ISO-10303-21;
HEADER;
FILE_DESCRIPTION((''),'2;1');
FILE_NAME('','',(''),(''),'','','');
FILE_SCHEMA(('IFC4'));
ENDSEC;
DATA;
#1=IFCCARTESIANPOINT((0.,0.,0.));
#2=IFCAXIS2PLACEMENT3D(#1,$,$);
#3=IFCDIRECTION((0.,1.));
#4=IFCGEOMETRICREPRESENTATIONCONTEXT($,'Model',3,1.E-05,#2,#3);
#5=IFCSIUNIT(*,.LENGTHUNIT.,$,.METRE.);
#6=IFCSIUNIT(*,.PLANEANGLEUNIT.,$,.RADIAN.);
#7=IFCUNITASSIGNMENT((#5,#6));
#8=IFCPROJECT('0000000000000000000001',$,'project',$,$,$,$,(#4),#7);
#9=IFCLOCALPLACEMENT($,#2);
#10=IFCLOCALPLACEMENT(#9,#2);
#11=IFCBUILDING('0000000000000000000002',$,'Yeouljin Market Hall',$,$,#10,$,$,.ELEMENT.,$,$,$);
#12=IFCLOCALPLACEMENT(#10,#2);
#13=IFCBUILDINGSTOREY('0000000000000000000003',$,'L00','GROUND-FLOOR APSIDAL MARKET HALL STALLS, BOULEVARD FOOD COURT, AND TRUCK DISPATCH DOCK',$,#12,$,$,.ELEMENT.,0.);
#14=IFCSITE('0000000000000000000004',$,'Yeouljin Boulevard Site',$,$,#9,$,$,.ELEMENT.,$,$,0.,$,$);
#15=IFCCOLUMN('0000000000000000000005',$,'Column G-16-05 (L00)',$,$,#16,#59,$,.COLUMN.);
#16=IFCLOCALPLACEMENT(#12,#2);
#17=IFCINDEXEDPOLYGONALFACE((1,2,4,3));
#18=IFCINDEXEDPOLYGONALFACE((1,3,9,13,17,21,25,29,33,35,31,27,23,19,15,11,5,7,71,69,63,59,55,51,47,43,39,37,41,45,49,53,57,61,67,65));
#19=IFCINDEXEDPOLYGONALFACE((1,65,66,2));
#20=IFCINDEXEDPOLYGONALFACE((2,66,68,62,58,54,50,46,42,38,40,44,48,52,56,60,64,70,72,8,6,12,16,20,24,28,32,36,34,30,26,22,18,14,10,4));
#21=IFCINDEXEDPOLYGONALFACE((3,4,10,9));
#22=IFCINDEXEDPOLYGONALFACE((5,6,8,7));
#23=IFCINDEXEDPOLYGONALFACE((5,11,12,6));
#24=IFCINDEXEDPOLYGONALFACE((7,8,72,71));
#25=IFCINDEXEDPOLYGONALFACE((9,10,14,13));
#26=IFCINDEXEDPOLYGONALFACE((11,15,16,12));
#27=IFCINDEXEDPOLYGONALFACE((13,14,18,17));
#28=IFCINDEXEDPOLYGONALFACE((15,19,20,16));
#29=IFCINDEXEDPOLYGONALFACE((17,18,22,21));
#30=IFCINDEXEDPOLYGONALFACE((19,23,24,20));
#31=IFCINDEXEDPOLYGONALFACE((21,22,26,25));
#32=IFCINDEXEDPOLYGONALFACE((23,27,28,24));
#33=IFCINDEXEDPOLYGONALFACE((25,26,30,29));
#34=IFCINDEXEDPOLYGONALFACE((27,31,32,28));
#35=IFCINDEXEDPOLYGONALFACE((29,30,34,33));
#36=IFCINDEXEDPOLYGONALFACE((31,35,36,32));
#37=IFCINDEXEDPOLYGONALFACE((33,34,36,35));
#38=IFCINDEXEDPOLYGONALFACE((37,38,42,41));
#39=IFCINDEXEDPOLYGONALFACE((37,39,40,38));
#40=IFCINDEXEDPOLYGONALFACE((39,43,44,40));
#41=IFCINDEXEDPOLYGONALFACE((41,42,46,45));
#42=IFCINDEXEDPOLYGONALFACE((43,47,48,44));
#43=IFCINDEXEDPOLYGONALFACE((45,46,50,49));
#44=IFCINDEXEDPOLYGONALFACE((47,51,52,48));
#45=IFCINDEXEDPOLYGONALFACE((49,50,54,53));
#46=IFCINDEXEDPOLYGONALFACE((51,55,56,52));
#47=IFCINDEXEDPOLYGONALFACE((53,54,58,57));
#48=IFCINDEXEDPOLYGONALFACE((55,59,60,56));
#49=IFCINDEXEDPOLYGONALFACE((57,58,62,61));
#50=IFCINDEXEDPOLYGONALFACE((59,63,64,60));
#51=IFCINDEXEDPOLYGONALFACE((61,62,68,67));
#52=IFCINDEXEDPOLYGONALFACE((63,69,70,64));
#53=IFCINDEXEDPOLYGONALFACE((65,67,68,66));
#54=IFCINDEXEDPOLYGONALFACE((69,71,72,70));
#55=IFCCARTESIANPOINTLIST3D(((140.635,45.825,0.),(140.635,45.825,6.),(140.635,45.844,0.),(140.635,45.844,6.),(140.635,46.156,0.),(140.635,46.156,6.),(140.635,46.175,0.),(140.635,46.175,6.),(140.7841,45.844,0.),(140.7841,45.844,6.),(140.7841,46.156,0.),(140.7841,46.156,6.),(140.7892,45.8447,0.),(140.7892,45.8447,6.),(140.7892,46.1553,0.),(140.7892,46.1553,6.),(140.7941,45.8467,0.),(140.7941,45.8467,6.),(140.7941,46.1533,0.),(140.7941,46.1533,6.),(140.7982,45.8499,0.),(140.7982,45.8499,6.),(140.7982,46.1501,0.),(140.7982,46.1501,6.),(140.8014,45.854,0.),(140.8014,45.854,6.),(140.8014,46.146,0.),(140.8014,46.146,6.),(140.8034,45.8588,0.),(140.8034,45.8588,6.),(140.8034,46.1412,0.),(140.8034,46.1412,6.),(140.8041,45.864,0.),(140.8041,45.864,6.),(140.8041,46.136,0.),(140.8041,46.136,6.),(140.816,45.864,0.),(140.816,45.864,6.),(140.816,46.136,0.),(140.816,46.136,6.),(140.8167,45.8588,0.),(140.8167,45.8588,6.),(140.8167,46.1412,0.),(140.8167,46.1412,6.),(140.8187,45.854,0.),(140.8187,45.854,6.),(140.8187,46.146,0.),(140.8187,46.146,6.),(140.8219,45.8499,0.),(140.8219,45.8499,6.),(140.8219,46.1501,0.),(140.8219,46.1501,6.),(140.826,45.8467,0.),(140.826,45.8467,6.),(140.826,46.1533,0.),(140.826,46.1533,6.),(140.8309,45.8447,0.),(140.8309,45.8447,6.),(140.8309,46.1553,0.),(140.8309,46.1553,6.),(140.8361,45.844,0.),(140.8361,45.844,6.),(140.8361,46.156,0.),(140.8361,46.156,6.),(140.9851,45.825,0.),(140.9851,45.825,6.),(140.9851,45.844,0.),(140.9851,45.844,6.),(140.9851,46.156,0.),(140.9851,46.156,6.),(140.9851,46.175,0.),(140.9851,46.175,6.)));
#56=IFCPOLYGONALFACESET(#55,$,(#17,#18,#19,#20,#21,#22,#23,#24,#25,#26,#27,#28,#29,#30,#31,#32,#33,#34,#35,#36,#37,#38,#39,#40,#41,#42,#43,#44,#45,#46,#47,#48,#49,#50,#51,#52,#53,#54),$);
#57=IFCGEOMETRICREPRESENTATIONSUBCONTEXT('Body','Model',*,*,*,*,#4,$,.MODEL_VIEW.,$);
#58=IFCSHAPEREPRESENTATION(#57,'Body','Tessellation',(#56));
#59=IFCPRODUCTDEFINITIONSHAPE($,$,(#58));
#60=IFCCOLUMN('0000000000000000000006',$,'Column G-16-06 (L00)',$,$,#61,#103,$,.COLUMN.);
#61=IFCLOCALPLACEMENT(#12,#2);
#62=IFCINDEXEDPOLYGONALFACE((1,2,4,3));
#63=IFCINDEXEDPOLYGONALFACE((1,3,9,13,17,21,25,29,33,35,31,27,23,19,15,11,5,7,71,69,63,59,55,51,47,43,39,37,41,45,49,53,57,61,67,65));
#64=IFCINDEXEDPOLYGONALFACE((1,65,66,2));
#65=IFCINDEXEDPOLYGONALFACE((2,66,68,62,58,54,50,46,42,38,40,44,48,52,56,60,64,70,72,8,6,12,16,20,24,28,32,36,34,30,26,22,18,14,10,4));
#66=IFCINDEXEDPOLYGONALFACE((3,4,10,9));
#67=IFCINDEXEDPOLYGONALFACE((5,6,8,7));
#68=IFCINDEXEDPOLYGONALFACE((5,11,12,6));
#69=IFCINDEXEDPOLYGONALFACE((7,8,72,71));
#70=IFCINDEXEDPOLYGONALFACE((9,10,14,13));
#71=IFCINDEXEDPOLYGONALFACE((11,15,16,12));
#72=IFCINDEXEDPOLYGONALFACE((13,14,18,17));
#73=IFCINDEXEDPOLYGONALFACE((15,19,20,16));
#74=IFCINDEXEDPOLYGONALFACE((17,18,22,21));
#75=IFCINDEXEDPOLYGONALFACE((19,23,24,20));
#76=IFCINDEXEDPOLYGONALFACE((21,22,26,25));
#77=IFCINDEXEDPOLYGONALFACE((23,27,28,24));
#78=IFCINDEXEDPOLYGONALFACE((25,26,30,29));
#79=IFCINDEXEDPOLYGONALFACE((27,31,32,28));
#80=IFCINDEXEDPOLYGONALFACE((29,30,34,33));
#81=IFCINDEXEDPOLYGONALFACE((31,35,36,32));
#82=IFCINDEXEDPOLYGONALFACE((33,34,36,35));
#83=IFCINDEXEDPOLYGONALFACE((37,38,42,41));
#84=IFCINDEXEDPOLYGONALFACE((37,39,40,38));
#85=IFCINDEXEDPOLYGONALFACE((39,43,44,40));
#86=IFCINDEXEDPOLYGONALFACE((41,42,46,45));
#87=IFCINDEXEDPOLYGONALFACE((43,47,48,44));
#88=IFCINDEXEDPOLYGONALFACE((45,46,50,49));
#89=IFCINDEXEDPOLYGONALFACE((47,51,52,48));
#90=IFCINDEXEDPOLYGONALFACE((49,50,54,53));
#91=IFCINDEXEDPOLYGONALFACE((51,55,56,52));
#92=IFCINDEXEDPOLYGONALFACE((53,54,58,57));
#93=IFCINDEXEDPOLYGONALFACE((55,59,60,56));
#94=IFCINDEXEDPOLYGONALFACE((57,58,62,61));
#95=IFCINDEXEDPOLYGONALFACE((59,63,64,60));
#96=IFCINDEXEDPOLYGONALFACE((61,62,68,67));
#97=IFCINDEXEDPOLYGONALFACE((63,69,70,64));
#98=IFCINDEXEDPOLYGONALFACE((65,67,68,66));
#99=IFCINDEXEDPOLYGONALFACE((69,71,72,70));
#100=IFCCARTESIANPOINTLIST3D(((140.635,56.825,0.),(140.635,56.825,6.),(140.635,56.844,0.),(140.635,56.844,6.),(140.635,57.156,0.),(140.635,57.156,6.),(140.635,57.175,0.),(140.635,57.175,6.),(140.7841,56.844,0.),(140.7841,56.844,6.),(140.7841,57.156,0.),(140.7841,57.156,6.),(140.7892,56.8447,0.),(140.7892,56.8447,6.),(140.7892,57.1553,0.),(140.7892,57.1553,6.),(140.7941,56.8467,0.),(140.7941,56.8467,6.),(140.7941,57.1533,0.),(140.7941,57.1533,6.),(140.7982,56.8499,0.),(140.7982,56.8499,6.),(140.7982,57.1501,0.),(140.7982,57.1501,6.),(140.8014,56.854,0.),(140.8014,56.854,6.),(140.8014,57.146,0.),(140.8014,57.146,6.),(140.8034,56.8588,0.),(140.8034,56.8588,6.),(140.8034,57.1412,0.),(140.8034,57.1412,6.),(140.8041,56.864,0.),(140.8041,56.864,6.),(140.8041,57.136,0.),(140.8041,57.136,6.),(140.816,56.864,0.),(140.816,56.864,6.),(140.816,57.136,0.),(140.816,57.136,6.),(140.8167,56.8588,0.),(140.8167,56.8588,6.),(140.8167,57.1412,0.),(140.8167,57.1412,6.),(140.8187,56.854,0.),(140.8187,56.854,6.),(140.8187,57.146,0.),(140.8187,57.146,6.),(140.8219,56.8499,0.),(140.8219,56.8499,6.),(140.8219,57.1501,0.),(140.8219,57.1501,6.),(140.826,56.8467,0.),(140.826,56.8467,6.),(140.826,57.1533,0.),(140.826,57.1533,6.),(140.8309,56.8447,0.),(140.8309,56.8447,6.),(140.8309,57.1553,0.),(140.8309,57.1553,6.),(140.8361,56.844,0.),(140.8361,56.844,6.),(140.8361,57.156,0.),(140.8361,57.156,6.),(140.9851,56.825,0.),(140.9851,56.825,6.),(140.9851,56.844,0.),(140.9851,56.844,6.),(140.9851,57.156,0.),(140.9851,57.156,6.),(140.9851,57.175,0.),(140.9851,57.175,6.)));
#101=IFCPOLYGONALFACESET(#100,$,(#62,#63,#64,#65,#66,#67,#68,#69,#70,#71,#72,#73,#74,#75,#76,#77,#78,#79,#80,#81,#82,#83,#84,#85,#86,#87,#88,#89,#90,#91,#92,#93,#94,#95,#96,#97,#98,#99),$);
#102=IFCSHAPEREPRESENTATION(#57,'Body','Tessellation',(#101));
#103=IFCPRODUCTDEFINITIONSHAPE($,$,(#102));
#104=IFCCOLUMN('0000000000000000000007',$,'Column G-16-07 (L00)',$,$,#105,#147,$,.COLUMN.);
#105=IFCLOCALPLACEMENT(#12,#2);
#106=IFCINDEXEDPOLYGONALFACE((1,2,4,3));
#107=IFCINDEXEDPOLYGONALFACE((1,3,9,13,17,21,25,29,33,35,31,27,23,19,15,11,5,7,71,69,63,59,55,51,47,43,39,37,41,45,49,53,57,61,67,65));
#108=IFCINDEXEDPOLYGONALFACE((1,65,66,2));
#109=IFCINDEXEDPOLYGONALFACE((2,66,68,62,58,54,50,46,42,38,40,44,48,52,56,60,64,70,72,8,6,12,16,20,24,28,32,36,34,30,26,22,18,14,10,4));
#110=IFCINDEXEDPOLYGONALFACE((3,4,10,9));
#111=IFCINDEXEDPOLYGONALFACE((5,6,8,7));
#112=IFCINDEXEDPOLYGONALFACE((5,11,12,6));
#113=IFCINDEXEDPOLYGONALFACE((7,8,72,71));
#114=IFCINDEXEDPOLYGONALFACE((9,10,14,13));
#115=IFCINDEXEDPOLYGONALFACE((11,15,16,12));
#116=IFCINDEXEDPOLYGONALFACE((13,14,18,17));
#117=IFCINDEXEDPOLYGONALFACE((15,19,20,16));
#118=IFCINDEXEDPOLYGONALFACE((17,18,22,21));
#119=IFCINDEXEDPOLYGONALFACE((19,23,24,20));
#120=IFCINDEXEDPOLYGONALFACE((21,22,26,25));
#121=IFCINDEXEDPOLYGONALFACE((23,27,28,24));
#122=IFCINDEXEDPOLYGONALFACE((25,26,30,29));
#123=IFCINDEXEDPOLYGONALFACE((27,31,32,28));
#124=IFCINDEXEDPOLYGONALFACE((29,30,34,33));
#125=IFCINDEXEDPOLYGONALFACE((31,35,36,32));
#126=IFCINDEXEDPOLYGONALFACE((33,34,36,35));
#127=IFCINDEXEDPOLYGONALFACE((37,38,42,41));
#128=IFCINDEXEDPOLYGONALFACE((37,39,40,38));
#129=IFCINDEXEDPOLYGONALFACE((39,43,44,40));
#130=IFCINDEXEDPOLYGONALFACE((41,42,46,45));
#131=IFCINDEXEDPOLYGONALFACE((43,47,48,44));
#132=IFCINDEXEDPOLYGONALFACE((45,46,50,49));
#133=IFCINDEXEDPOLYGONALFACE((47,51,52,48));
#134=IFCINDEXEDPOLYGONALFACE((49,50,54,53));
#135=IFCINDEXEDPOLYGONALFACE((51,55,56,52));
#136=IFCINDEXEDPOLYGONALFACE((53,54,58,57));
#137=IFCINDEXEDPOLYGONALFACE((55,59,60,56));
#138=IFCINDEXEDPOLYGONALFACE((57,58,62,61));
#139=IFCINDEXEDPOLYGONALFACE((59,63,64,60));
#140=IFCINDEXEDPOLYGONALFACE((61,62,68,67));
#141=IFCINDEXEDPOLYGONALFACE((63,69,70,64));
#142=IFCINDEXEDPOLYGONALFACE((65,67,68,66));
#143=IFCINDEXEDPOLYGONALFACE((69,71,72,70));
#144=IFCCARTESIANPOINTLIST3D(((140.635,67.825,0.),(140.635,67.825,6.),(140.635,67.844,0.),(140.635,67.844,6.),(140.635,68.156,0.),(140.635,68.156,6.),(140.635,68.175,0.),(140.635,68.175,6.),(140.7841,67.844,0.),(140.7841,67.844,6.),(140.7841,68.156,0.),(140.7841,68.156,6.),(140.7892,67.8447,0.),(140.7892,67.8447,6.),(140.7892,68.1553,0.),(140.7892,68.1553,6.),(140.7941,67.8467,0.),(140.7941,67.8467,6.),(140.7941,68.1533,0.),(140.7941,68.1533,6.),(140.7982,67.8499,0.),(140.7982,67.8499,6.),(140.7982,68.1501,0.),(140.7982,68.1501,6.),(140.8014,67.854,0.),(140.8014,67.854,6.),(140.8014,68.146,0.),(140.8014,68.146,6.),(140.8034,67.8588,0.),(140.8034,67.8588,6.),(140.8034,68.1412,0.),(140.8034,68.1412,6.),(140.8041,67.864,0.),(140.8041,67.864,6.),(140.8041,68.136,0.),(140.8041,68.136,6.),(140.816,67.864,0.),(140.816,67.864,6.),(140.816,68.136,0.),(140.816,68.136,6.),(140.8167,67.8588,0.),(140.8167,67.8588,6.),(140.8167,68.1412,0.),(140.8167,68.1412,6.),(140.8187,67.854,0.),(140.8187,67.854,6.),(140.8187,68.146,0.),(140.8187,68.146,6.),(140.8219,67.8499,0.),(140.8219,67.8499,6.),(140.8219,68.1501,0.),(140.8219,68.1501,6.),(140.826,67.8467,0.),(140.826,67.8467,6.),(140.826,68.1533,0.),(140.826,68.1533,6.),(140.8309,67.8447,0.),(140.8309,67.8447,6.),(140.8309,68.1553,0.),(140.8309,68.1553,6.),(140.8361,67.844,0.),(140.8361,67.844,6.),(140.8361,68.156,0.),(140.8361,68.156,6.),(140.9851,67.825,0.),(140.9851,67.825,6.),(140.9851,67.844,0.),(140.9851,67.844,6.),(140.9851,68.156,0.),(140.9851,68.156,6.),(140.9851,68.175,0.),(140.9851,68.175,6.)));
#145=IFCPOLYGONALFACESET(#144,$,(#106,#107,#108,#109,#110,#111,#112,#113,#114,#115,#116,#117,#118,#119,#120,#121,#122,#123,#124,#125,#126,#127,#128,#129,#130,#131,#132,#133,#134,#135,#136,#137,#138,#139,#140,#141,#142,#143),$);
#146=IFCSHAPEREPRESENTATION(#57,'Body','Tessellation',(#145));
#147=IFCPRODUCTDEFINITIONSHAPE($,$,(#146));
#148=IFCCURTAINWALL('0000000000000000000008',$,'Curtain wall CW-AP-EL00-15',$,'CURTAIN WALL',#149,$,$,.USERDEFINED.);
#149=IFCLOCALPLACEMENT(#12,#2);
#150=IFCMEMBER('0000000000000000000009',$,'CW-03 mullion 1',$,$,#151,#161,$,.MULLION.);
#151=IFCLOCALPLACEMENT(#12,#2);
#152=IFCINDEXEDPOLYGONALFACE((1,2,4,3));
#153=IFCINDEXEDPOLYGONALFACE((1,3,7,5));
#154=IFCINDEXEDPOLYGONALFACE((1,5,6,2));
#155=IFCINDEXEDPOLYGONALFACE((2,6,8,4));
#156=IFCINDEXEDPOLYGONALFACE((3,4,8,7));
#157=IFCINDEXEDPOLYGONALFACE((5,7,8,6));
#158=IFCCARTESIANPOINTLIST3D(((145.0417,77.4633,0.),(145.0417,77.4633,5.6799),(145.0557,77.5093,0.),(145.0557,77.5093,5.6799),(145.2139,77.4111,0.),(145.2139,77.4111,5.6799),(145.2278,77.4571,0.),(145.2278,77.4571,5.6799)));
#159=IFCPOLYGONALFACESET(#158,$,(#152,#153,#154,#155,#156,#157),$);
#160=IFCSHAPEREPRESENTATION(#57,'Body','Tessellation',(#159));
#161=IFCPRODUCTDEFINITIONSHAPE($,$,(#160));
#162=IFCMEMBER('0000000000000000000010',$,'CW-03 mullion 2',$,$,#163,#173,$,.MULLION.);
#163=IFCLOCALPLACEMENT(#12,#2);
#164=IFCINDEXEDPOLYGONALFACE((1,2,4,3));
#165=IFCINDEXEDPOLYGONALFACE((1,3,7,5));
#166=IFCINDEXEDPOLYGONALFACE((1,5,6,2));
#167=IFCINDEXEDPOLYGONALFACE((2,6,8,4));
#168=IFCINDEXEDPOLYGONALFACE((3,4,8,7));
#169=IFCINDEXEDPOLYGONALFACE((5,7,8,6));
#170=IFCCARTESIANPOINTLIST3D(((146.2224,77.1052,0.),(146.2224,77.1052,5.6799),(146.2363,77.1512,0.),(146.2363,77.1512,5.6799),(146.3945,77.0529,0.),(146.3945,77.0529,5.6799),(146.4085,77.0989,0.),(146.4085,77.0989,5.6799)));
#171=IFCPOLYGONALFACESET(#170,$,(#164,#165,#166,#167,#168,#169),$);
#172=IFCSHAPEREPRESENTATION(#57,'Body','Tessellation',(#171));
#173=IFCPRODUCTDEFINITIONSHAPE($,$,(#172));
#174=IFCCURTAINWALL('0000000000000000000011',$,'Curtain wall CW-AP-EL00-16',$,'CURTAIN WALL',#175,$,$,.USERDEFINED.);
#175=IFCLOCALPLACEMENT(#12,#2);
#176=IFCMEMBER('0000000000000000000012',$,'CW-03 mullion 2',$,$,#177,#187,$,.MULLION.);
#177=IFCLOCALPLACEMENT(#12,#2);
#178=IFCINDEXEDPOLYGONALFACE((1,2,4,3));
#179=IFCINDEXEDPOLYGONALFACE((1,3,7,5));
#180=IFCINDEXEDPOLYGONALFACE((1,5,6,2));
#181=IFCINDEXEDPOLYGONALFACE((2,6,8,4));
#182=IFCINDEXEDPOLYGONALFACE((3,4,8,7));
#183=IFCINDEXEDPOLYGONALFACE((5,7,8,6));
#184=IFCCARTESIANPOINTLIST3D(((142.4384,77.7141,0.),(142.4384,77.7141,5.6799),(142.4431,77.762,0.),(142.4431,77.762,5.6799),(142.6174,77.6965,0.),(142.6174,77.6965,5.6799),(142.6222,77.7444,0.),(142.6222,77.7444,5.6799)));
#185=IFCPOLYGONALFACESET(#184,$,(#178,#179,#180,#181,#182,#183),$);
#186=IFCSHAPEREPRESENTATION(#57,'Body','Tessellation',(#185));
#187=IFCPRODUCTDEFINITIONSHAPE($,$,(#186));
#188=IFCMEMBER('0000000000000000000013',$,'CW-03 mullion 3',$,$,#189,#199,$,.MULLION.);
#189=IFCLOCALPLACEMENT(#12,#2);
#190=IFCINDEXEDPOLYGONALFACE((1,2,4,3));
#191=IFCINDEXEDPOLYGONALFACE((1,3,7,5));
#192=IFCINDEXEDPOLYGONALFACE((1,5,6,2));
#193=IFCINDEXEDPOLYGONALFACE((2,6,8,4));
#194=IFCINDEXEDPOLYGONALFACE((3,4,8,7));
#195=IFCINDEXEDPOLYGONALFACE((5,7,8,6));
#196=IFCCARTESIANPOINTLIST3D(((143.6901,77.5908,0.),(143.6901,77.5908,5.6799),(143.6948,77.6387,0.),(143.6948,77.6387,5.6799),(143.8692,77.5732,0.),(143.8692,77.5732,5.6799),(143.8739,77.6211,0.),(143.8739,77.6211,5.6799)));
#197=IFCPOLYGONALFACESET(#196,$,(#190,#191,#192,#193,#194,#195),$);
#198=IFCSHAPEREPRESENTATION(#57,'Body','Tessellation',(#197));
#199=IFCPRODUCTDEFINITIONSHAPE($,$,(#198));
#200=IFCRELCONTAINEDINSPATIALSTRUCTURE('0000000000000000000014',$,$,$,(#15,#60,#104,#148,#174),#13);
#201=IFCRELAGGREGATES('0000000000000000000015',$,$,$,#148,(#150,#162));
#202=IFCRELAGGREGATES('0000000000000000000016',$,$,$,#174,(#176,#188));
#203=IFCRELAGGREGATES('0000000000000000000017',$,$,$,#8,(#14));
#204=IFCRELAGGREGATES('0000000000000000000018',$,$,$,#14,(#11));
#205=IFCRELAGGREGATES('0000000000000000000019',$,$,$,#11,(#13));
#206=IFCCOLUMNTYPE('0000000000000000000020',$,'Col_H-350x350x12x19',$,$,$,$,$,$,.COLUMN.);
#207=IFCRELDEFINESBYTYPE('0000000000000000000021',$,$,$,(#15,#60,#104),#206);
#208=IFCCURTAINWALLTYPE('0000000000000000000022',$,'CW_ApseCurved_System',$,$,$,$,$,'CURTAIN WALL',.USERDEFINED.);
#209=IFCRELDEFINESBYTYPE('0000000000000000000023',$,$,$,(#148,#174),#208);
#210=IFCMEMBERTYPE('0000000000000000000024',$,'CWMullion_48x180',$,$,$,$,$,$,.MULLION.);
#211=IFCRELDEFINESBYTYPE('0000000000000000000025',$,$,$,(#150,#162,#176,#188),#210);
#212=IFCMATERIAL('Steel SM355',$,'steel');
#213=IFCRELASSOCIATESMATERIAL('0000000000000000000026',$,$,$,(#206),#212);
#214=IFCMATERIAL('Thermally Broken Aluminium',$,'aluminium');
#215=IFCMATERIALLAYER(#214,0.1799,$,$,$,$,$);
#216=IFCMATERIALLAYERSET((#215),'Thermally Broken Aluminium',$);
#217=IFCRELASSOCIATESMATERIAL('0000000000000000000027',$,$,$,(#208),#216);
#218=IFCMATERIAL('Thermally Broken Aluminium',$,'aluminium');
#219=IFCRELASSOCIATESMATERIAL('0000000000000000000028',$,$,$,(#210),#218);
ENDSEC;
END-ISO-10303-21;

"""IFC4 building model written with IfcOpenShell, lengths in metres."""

from ifc_helpers import new_model, si_unit, direction, frame, origin, origin_2d, place, context, subcontext, project, spatial, rectangle, i_section, extrude, material, layer, layer_set, material_profile, profile_set, type_object, element, aggregate, save


model = new_model("IFC4")

# Units and contexts
model_context = context("Model", 3, precision=1e-05, world=origin(), true_north=direction((0.0, 1.0)))
body_context = subcontext(model_context, "Body", "Model", "MODEL_VIEW")
ifc_project = project(units=[si_unit("LENGTHUNIT", "METRE"), si_unit("PLANEANGLEUNIT", "RADIAN")], contexts=[model_context])

# Site, building, storey
site_placement = place(None, origin())
site = spatial("IfcSite", under=ifc_project, at=site_placement, Name="Yeouljin Boulevard Site", CompositionType="ELEMENT", RefElevation=0.0)
building_placement = place(site_placement, origin())
building = spatial("IfcBuilding", under=site, at=building_placement, Name="Yeouljin Market Hall", CompositionType="ELEMENT")
storey_placement = place(building_placement, origin())
storey = spatial("IfcBuildingStorey", under=building, at=storey_placement, Name="L00", Description="GROUND-FLOOR APSIDAL MARKET HALL STALLS, BOULEVARD FOOD COURT, AND TRUCK DISPATCH DOCK", CompositionType="ELEMENT", Elevation=0.0)

# Columns
ifc_material_1 = material(Name="Steel SM355", Category="steel")
ifc_material_profile_1 = material_profile(ifc_material_1, i_section(OverallWidth=0.3501, OverallDepth=0.3501, WebThickness=0.012, FlangeThickness=0.019, FilletRadius=0.02, at=origin_2d()), Name="H-350x350x12x19")
ifc_profile_set_1 = profile_set([ifc_material_profile_1], Name="Steel SM355")
column_type = type_object("IfcColumnType", Name="Col_H-350x350x12x19", PredefinedType="COLUMN", material=ifc_profile_set_1)
for number, where, z_axis, x_axis, name in (
    (1, (140.8101, 46.0, 0.0), (0.0, 0.0, 1.0), (1.0, 0.0, 0.0), "Column G-16-05 (L00)"),
    (2, (140.8101, 57.0, 0.0), (0.0, 0.0, 1.0), (1.0, 0.0, 0.0), "Column G-16-06 (L00)"),
    (3, (140.8101, 68.0, 0.0), (0.0, 0.0, 1.0), (1.0, 0.0, 0.0), "Column G-16-07 (L00)"),
):
    element("IfcColumn", number, at=place(storey_placement, frame(where, z_axis=z_axis, x_axis=x_axis)), inside=storey, type_object=column_type, Name=name, PredefinedType="COLUMN", context=body_context, shape_type="SweptSolid", body=[
        extrude(i_section(OverallWidth=0.3501, OverallDepth=0.3501, WebThickness=0.012, FlangeThickness=0.019, FilletRadius=0.02, at=origin_2d()), origin(), (0.0, 0.0, 1.0), 6.0),
    ])

# Curtain walls, members
ifc_material_2 = material(Name="Thermally Broken Aluminium", Category="aluminium")
ifc_layer_1 = layer(ifc_material_2, 0.1799)
ifc_layer_set_1 = layer_set([ifc_layer_1], Name="Thermally Broken Aluminium")
curtain_wall_type = type_object("IfcCurtainWallType", Name="CW_ApseCurved_System", ElementType="CURTAIN WALL", PredefinedType="USERDEFINED", material=ifc_layer_set_1)
curtain_wall_1_placement = place(storey_placement, origin())
curtain_wall_1 = element("IfcCurtainWall", 4, at=curtain_wall_1_placement, inside=storey, type_object=curtain_wall_type, Name="Curtain wall CW-AP-EL00-15", ObjectType="CURTAIN WALL", PredefinedType="USERDEFINED")
ifc_material_3 = material(Name="Thermally Broken Aluminium", Category="aluminium")
ifc_material_profile_2 = material_profile(ifc_material_3, rectangle(XDim=0.0481, YDim=0.1799, at=origin_2d()), Name="CW-MULL-48x180")
ifc_profile_set_2 = profile_set([ifc_material_profile_2], Name="Thermally Broken Aluminium")
member_type_1 = type_object("IfcMemberType", Name="CWMullion_48x180", PredefinedType="MULLION", material=ifc_profile_set_2)
member_1_placement = place(storey_placement, frame((145.1348, 77.4602, 0.0), z_axis=(0.0, 0.0, 1.0), x_axis=(0.290286, 0.95694, 0.0)))
member_1 = element("IfcMember", 5, at=member_1_placement, type_object=member_type_1, Name="CW-03 mullion 1", PredefinedType="MULLION", context=body_context, shape_type="SweptSolid", body=[
    extrude(rectangle(XDim=0.0481, YDim=0.1799, at=origin_2d()), origin(), (0.0, 0.0, 1.0), 5.6799),
])
member_2_placement = place(storey_placement, frame((146.3154, 77.1021, 0.0), z_axis=(0.0, 0.0, 1.0), x_axis=(0.290286, 0.95694, 0.0)))
member_2 = element("IfcMember", 6, at=member_2_placement, type_object=member_type_1, Name="CW-03 mullion 2", PredefinedType="MULLION", context=body_context, shape_type="SweptSolid", body=[
    extrude(rectangle(XDim=0.0481, YDim=0.1799, at=origin_2d()), origin(), (0.0, 0.0, 1.0), 5.6799),
])
curtain_wall_2_placement = place(storey_placement, origin())
curtain_wall_2 = element("IfcCurtainWall", 7, at=curtain_wall_2_placement, inside=storey, type_object=curtain_wall_type, Name="Curtain wall CW-AP-EL00-16", ObjectType="CURTAIN WALL", PredefinedType="USERDEFINED")
member_3_placement = place(storey_placement, frame((142.5303, 77.7292, 0.0), z_axis=(0.0, 0.0, 1.0), x_axis=(0.098034, 0.995183, 0.0)))
member_3 = element("IfcMember", 8, at=member_3_placement, type_object=member_type_1, Name="CW-03 mullion 2", PredefinedType="MULLION", context=body_context, shape_type="SweptSolid", body=[
    extrude(rectangle(XDim=0.0481, YDim=0.1799, at=origin_2d()), origin(), (0.0, 0.0, 1.0), 5.6799),
])
member_4_placement = place(storey_placement, frame((143.782, 77.606, 0.0), z_axis=(0.0, 0.0, 1.0), x_axis=(0.098034, 0.995183, 0.0)))
member_4 = element("IfcMember", 9, at=member_4_placement, type_object=member_type_1, Name="CW-03 mullion 3", PredefinedType="MULLION", context=body_context, shape_type="SweptSolid", body=[
    extrude(rectangle(XDim=0.0481, YDim=0.1799, at=origin_2d()), origin(), (0.0, 0.0, 1.0), 5.6799),
])

aggregate(curtain_wall_1, [member_1, member_2])
aggregate(curtain_wall_2, [member_3, member_4])

save(model, "model.ifc")
